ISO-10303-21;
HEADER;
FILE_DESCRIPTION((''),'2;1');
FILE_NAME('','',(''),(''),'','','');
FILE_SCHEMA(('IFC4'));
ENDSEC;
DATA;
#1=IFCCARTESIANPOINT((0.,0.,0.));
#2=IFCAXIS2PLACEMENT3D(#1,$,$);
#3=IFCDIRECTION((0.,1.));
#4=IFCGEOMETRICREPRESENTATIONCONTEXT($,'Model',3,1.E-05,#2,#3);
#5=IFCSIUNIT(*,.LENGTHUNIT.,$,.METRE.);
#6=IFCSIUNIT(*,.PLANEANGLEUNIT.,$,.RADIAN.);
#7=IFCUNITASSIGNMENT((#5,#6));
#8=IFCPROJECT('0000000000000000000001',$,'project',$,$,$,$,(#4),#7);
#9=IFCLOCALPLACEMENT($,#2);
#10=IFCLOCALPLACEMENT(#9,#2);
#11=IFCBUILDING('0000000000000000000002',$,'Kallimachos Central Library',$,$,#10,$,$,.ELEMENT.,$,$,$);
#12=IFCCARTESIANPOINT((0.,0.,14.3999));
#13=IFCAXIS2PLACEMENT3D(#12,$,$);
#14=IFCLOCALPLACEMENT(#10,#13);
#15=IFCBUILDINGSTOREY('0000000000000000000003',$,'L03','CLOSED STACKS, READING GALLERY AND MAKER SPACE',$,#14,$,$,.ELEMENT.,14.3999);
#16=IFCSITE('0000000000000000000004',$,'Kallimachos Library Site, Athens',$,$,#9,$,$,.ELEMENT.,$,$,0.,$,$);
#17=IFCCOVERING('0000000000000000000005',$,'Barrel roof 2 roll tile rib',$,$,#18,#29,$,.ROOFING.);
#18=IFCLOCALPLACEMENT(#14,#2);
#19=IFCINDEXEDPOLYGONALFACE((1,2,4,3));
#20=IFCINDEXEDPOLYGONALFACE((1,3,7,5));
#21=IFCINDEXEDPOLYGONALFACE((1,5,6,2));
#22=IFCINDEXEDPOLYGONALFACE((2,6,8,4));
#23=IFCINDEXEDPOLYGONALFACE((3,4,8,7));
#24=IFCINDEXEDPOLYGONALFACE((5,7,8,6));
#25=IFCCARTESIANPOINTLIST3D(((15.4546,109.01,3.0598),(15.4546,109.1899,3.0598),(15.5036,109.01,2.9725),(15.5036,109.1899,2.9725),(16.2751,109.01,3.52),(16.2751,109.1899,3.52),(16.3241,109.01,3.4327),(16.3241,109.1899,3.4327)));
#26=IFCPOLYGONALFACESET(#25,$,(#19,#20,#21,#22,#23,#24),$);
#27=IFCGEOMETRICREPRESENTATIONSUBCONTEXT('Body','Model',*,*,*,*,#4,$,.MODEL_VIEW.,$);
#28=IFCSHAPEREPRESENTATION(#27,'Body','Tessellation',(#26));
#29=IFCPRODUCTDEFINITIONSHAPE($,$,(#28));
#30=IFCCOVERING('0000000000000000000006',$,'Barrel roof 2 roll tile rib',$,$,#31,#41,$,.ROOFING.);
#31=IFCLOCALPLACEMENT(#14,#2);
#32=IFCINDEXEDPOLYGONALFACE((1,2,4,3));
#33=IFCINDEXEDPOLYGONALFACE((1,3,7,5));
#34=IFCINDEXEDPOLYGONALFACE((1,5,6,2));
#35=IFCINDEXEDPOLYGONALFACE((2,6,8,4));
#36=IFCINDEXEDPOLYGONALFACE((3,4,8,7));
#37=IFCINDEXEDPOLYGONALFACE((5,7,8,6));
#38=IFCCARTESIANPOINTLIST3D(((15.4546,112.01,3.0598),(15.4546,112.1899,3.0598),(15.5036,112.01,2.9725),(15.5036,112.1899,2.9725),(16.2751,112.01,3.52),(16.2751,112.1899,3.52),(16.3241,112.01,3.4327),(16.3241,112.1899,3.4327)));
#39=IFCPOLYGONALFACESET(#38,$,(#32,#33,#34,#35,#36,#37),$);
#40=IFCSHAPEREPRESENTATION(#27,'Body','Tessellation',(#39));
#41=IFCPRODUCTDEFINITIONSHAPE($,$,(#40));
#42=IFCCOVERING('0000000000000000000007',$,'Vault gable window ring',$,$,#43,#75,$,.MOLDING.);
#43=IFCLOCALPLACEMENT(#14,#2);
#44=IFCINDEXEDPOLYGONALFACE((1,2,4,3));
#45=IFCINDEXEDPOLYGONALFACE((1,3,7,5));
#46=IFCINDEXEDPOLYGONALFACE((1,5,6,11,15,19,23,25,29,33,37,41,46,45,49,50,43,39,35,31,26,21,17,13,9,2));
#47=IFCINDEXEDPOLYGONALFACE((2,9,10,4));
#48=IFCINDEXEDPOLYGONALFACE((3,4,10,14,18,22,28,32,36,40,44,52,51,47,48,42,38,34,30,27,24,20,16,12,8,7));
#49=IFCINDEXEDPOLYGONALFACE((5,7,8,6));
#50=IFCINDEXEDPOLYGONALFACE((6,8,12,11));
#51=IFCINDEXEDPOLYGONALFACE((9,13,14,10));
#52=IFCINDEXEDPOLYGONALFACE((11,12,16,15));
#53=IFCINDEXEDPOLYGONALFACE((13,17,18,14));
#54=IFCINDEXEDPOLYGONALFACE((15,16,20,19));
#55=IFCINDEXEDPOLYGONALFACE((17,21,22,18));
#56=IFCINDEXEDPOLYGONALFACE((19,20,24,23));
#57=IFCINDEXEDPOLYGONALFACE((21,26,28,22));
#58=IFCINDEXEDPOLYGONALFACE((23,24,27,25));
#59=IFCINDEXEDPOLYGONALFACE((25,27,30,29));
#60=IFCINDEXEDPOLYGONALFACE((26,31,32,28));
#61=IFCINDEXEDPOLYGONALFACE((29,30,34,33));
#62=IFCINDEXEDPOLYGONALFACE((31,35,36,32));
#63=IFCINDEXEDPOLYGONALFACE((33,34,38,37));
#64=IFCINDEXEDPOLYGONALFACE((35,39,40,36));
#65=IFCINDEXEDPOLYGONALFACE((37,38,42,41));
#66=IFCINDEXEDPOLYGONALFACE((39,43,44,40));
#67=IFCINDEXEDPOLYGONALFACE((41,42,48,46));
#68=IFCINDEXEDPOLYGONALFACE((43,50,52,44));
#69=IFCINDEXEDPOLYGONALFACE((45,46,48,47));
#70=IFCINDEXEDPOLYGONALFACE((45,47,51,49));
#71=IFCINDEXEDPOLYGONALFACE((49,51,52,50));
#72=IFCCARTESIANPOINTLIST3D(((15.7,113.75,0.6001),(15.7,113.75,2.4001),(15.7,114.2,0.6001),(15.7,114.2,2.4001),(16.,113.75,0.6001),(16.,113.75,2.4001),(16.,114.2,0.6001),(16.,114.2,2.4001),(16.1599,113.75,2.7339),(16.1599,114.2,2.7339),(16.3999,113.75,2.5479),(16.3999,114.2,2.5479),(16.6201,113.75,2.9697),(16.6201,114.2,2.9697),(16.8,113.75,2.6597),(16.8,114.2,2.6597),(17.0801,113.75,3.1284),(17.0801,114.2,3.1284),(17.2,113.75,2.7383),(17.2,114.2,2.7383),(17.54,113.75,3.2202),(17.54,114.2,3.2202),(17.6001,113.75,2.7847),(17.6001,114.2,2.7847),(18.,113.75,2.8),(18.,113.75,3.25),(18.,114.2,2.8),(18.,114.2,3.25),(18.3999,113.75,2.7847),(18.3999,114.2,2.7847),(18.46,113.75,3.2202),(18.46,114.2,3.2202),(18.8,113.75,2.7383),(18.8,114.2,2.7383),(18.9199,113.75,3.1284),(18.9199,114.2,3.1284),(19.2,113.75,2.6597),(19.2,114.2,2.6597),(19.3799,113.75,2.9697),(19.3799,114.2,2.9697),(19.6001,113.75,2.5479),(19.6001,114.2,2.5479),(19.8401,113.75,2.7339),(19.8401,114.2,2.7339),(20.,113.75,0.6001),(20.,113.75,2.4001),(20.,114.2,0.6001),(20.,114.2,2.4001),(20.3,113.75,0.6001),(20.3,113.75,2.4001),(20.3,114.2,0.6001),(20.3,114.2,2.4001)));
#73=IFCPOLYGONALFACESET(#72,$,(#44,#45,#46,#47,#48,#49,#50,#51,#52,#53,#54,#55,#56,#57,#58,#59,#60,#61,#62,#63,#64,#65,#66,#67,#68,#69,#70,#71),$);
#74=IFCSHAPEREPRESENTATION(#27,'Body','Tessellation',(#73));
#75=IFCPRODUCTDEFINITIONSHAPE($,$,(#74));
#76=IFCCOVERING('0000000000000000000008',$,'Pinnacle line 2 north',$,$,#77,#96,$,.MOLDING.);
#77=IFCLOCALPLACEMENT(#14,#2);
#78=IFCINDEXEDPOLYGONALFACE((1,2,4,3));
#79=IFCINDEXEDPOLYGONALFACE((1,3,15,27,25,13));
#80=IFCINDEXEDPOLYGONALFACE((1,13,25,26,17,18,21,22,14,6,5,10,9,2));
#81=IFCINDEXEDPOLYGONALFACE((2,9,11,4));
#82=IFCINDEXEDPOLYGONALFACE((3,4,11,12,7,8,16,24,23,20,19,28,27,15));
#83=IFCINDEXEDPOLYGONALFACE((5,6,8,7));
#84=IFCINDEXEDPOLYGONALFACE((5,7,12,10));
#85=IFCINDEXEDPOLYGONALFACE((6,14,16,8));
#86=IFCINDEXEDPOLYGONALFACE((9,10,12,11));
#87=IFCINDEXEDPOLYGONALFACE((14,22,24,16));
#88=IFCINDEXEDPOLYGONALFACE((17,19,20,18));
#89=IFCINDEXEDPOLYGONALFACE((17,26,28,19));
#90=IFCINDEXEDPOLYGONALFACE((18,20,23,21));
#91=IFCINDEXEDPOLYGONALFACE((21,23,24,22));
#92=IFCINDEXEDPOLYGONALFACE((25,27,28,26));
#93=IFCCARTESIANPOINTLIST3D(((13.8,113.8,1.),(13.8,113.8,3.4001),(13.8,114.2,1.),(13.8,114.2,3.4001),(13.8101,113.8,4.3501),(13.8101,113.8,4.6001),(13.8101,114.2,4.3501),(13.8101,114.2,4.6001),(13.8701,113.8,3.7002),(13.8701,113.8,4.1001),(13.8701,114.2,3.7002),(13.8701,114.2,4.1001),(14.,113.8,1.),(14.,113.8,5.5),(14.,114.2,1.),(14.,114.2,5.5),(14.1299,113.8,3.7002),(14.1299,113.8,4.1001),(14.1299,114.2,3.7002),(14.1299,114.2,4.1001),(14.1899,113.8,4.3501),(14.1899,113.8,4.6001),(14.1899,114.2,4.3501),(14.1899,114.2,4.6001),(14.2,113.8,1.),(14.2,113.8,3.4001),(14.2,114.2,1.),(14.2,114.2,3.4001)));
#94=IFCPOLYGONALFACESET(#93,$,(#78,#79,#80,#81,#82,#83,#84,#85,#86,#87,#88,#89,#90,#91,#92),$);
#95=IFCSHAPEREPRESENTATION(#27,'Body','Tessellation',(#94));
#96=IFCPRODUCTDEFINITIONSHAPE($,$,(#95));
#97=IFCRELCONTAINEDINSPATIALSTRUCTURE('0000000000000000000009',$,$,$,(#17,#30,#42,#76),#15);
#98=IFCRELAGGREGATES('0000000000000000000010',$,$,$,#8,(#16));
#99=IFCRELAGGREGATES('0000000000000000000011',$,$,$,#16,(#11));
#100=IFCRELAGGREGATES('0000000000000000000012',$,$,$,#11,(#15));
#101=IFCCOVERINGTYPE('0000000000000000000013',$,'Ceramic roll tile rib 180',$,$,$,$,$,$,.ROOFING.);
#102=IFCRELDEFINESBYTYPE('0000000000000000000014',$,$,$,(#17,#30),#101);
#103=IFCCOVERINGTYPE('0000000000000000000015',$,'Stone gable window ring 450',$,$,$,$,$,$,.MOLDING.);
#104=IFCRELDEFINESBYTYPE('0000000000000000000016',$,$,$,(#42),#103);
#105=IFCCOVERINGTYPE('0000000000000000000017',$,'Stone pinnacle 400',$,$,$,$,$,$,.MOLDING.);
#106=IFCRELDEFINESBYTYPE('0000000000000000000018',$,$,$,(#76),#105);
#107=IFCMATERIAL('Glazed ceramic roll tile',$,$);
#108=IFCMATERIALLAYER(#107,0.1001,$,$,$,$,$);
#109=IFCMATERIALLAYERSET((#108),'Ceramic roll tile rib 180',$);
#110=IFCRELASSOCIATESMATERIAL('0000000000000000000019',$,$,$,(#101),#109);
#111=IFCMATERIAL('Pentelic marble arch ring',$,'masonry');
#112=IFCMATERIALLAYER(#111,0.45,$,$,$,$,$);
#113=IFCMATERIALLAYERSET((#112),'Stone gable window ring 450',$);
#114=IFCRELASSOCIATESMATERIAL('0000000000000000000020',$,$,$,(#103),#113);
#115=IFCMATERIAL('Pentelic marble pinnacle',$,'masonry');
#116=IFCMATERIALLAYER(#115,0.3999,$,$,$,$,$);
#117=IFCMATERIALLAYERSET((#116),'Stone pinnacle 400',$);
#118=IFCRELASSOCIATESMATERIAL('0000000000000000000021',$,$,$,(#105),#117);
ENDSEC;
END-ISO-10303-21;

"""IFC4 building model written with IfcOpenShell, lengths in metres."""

from ifc_helpers import new_model, si_unit, direction, frame, origin, place, context, subcontext, project, spatial, polyline, outline, extrude, material, layer, layer_set, type_object, element, save


model = new_model("IFC4")

# Units and contexts
model_context = context("Model", 3, precision=1e-05, world=origin(), true_north=direction((0.0, 1.0)))
body_context = subcontext(model_context, "Body", "Model", "MODEL_VIEW")
ifc_project = project(units=[si_unit("LENGTHUNIT", "METRE"), si_unit("PLANEANGLEUNIT", "RADIAN")], contexts=[model_context])

# Site, building, storey
site_placement = place(None, origin())
site = spatial("IfcSite", under=ifc_project, at=site_placement, Name="Kallimachos Library Site, Athens", CompositionType="ELEMENT", RefElevation=0.0)
building_placement = place(site_placement, origin())
building = spatial("IfcBuilding", under=site, at=building_placement, Name="Kallimachos Central Library", CompositionType="ELEMENT")
storey_placement = place(building_placement, frame((0.0, 0.0, 14.3999)))
storey = spatial("IfcBuildingStorey", under=building, at=storey_placement, Name="L03", Description="CLOSED STACKS, READING GALLERY AND MAKER SPACE", CompositionType="ELEMENT", Elevation=14.3999)

# Coverings
ifc_material_1 = material(Name="Glazed ceramic roll tile")
ifc_layer_1 = layer(ifc_material_1, 0.1001)
ifc_layer_set_1 = layer_set([ifc_layer_1], Name="Ceramic roll tile rib 180")
covering_type_1 = type_object("IfcCoveringType", Name="Ceramic roll tile rib 180", PredefinedType="ROOFING", material=ifc_layer_set_1)
for number, where, z_axis, x_axis, name in (
    (1, (15.4546, 109.01, 3.0598), (-0.489164, 0.0, 0.872192), (0.872192, 0.0, 0.489164), "Barrel roof 2 roll tile rib"),
    (2, (15.4546, 112.01, 3.0598), (-0.489164, 0.0, 0.872192), (0.872192, 0.0, 0.489164), "Barrel roof 2 roll tile rib"),
):
    element("IfcCovering", number, at=place(storey_placement, frame(where, z_axis=z_axis, x_axis=x_axis)), inside=storey, type_object=covering_type_1, Name=name, PredefinedType="ROOFING", context=body_context, shape_type="SweptSolid", body=[
        extrude(outline(polyline([(0.0, 0.0), (0.9408, 0.0), (0.9408, 0.1799), (0.0, 0.1799), (0.0, 0.0)])), origin(), (0.0, 0.0, -1.0), 0.1001),
    ])
ifc_material_2 = material(Name="Pentelic marble arch ring", Category="masonry")
ifc_layer_2 = layer(ifc_material_2, 0.45)
ifc_layer_set_2 = layer_set([ifc_layer_2], Name="Stone gable window ring 450")
covering_type_2 = type_object("IfcCoveringType", Name="Stone gable window ring 450", PredefinedType="MOLDING", material=ifc_layer_set_2)
covering_1_placement = place(storey_placement, frame((15.7, 114.2, 0.6001), z_axis=(0.0, 1.0, 0.0), x_axis=(0.0, 0.0, 1.0)))
element("IfcCovering", 3, at=covering_1_placement, inside=storey, type_object=covering_type_2, Name="Vault gable window ring", PredefinedType="MOLDING", context=body_context, shape_type="SweptSolid", body=[
    extrude(outline(polyline([(0.0, 0.0), (1.8, 0.0), (2.1338, 0.46), (2.3696, 0.9202), (2.5283, 1.3801), (2.6201, 1.8401), (2.6499, 2.3), (2.6201, 2.76), (2.5283, 3.22), (2.3696, 3.6799), (2.1338, 4.1401), (1.8, 4.6001), (0.0, 4.6001), (0.0, 4.3), (1.8, 4.3), (1.9478, 3.9001), (2.0596, 3.5), (2.1382, 3.1001), (2.1846, 2.7), (2.2, 2.3), (2.1846, 1.9001), (2.1382, 1.5), (2.0596, 1.1001), (1.9478, 0.7), (1.8, 0.3), (0.0, 0.3), (0.0, 0.0)])), origin(), (0.0, 0.0, -1.0), 0.45),
])
ifc_material_3 = material(Name="Pentelic marble pinnacle", Category="masonry")
ifc_layer_3 = layer(ifc_material_3, 0.3999)
ifc_layer_set_3 = layer_set([ifc_layer_3], Name="Stone pinnacle 400")
covering_type_3 = type_object("IfcCoveringType", Name="Stone pinnacle 400", PredefinedType="MOLDING", material=ifc_layer_set_3)
covering_2_placement = place(storey_placement, frame((13.8, 114.2, 1.0), z_axis=(0.0, 1.0, 0.0), x_axis=(0.0, 0.0, 1.0)))
element("IfcCovering", 4, at=covering_2_placement, inside=storey, type_object=covering_type_3, Name="Pinnacle line 2 north", PredefinedType="MOLDING", context=body_context, shape_type="SweptSolid", body=[
    extrude(outline(polyline([(0.0, 0.0), (2.4001, 0.0), (2.7002, 0.0701), (3.1001, 0.0701), (3.3501, 0.01), (3.6001, 0.01), (4.5, 0.2), (3.6001, 0.3899), (3.3501, 0.3899), (3.1001, 0.3298), (2.7002, 0.3298), (2.4001, 0.3999), (0.0, 0.3999), (0.0, 0.2), (0.0, 0.0)])), origin(), (0.0, 0.0, -1.0), 0.3999),
])

save(model, "model.ifc")
